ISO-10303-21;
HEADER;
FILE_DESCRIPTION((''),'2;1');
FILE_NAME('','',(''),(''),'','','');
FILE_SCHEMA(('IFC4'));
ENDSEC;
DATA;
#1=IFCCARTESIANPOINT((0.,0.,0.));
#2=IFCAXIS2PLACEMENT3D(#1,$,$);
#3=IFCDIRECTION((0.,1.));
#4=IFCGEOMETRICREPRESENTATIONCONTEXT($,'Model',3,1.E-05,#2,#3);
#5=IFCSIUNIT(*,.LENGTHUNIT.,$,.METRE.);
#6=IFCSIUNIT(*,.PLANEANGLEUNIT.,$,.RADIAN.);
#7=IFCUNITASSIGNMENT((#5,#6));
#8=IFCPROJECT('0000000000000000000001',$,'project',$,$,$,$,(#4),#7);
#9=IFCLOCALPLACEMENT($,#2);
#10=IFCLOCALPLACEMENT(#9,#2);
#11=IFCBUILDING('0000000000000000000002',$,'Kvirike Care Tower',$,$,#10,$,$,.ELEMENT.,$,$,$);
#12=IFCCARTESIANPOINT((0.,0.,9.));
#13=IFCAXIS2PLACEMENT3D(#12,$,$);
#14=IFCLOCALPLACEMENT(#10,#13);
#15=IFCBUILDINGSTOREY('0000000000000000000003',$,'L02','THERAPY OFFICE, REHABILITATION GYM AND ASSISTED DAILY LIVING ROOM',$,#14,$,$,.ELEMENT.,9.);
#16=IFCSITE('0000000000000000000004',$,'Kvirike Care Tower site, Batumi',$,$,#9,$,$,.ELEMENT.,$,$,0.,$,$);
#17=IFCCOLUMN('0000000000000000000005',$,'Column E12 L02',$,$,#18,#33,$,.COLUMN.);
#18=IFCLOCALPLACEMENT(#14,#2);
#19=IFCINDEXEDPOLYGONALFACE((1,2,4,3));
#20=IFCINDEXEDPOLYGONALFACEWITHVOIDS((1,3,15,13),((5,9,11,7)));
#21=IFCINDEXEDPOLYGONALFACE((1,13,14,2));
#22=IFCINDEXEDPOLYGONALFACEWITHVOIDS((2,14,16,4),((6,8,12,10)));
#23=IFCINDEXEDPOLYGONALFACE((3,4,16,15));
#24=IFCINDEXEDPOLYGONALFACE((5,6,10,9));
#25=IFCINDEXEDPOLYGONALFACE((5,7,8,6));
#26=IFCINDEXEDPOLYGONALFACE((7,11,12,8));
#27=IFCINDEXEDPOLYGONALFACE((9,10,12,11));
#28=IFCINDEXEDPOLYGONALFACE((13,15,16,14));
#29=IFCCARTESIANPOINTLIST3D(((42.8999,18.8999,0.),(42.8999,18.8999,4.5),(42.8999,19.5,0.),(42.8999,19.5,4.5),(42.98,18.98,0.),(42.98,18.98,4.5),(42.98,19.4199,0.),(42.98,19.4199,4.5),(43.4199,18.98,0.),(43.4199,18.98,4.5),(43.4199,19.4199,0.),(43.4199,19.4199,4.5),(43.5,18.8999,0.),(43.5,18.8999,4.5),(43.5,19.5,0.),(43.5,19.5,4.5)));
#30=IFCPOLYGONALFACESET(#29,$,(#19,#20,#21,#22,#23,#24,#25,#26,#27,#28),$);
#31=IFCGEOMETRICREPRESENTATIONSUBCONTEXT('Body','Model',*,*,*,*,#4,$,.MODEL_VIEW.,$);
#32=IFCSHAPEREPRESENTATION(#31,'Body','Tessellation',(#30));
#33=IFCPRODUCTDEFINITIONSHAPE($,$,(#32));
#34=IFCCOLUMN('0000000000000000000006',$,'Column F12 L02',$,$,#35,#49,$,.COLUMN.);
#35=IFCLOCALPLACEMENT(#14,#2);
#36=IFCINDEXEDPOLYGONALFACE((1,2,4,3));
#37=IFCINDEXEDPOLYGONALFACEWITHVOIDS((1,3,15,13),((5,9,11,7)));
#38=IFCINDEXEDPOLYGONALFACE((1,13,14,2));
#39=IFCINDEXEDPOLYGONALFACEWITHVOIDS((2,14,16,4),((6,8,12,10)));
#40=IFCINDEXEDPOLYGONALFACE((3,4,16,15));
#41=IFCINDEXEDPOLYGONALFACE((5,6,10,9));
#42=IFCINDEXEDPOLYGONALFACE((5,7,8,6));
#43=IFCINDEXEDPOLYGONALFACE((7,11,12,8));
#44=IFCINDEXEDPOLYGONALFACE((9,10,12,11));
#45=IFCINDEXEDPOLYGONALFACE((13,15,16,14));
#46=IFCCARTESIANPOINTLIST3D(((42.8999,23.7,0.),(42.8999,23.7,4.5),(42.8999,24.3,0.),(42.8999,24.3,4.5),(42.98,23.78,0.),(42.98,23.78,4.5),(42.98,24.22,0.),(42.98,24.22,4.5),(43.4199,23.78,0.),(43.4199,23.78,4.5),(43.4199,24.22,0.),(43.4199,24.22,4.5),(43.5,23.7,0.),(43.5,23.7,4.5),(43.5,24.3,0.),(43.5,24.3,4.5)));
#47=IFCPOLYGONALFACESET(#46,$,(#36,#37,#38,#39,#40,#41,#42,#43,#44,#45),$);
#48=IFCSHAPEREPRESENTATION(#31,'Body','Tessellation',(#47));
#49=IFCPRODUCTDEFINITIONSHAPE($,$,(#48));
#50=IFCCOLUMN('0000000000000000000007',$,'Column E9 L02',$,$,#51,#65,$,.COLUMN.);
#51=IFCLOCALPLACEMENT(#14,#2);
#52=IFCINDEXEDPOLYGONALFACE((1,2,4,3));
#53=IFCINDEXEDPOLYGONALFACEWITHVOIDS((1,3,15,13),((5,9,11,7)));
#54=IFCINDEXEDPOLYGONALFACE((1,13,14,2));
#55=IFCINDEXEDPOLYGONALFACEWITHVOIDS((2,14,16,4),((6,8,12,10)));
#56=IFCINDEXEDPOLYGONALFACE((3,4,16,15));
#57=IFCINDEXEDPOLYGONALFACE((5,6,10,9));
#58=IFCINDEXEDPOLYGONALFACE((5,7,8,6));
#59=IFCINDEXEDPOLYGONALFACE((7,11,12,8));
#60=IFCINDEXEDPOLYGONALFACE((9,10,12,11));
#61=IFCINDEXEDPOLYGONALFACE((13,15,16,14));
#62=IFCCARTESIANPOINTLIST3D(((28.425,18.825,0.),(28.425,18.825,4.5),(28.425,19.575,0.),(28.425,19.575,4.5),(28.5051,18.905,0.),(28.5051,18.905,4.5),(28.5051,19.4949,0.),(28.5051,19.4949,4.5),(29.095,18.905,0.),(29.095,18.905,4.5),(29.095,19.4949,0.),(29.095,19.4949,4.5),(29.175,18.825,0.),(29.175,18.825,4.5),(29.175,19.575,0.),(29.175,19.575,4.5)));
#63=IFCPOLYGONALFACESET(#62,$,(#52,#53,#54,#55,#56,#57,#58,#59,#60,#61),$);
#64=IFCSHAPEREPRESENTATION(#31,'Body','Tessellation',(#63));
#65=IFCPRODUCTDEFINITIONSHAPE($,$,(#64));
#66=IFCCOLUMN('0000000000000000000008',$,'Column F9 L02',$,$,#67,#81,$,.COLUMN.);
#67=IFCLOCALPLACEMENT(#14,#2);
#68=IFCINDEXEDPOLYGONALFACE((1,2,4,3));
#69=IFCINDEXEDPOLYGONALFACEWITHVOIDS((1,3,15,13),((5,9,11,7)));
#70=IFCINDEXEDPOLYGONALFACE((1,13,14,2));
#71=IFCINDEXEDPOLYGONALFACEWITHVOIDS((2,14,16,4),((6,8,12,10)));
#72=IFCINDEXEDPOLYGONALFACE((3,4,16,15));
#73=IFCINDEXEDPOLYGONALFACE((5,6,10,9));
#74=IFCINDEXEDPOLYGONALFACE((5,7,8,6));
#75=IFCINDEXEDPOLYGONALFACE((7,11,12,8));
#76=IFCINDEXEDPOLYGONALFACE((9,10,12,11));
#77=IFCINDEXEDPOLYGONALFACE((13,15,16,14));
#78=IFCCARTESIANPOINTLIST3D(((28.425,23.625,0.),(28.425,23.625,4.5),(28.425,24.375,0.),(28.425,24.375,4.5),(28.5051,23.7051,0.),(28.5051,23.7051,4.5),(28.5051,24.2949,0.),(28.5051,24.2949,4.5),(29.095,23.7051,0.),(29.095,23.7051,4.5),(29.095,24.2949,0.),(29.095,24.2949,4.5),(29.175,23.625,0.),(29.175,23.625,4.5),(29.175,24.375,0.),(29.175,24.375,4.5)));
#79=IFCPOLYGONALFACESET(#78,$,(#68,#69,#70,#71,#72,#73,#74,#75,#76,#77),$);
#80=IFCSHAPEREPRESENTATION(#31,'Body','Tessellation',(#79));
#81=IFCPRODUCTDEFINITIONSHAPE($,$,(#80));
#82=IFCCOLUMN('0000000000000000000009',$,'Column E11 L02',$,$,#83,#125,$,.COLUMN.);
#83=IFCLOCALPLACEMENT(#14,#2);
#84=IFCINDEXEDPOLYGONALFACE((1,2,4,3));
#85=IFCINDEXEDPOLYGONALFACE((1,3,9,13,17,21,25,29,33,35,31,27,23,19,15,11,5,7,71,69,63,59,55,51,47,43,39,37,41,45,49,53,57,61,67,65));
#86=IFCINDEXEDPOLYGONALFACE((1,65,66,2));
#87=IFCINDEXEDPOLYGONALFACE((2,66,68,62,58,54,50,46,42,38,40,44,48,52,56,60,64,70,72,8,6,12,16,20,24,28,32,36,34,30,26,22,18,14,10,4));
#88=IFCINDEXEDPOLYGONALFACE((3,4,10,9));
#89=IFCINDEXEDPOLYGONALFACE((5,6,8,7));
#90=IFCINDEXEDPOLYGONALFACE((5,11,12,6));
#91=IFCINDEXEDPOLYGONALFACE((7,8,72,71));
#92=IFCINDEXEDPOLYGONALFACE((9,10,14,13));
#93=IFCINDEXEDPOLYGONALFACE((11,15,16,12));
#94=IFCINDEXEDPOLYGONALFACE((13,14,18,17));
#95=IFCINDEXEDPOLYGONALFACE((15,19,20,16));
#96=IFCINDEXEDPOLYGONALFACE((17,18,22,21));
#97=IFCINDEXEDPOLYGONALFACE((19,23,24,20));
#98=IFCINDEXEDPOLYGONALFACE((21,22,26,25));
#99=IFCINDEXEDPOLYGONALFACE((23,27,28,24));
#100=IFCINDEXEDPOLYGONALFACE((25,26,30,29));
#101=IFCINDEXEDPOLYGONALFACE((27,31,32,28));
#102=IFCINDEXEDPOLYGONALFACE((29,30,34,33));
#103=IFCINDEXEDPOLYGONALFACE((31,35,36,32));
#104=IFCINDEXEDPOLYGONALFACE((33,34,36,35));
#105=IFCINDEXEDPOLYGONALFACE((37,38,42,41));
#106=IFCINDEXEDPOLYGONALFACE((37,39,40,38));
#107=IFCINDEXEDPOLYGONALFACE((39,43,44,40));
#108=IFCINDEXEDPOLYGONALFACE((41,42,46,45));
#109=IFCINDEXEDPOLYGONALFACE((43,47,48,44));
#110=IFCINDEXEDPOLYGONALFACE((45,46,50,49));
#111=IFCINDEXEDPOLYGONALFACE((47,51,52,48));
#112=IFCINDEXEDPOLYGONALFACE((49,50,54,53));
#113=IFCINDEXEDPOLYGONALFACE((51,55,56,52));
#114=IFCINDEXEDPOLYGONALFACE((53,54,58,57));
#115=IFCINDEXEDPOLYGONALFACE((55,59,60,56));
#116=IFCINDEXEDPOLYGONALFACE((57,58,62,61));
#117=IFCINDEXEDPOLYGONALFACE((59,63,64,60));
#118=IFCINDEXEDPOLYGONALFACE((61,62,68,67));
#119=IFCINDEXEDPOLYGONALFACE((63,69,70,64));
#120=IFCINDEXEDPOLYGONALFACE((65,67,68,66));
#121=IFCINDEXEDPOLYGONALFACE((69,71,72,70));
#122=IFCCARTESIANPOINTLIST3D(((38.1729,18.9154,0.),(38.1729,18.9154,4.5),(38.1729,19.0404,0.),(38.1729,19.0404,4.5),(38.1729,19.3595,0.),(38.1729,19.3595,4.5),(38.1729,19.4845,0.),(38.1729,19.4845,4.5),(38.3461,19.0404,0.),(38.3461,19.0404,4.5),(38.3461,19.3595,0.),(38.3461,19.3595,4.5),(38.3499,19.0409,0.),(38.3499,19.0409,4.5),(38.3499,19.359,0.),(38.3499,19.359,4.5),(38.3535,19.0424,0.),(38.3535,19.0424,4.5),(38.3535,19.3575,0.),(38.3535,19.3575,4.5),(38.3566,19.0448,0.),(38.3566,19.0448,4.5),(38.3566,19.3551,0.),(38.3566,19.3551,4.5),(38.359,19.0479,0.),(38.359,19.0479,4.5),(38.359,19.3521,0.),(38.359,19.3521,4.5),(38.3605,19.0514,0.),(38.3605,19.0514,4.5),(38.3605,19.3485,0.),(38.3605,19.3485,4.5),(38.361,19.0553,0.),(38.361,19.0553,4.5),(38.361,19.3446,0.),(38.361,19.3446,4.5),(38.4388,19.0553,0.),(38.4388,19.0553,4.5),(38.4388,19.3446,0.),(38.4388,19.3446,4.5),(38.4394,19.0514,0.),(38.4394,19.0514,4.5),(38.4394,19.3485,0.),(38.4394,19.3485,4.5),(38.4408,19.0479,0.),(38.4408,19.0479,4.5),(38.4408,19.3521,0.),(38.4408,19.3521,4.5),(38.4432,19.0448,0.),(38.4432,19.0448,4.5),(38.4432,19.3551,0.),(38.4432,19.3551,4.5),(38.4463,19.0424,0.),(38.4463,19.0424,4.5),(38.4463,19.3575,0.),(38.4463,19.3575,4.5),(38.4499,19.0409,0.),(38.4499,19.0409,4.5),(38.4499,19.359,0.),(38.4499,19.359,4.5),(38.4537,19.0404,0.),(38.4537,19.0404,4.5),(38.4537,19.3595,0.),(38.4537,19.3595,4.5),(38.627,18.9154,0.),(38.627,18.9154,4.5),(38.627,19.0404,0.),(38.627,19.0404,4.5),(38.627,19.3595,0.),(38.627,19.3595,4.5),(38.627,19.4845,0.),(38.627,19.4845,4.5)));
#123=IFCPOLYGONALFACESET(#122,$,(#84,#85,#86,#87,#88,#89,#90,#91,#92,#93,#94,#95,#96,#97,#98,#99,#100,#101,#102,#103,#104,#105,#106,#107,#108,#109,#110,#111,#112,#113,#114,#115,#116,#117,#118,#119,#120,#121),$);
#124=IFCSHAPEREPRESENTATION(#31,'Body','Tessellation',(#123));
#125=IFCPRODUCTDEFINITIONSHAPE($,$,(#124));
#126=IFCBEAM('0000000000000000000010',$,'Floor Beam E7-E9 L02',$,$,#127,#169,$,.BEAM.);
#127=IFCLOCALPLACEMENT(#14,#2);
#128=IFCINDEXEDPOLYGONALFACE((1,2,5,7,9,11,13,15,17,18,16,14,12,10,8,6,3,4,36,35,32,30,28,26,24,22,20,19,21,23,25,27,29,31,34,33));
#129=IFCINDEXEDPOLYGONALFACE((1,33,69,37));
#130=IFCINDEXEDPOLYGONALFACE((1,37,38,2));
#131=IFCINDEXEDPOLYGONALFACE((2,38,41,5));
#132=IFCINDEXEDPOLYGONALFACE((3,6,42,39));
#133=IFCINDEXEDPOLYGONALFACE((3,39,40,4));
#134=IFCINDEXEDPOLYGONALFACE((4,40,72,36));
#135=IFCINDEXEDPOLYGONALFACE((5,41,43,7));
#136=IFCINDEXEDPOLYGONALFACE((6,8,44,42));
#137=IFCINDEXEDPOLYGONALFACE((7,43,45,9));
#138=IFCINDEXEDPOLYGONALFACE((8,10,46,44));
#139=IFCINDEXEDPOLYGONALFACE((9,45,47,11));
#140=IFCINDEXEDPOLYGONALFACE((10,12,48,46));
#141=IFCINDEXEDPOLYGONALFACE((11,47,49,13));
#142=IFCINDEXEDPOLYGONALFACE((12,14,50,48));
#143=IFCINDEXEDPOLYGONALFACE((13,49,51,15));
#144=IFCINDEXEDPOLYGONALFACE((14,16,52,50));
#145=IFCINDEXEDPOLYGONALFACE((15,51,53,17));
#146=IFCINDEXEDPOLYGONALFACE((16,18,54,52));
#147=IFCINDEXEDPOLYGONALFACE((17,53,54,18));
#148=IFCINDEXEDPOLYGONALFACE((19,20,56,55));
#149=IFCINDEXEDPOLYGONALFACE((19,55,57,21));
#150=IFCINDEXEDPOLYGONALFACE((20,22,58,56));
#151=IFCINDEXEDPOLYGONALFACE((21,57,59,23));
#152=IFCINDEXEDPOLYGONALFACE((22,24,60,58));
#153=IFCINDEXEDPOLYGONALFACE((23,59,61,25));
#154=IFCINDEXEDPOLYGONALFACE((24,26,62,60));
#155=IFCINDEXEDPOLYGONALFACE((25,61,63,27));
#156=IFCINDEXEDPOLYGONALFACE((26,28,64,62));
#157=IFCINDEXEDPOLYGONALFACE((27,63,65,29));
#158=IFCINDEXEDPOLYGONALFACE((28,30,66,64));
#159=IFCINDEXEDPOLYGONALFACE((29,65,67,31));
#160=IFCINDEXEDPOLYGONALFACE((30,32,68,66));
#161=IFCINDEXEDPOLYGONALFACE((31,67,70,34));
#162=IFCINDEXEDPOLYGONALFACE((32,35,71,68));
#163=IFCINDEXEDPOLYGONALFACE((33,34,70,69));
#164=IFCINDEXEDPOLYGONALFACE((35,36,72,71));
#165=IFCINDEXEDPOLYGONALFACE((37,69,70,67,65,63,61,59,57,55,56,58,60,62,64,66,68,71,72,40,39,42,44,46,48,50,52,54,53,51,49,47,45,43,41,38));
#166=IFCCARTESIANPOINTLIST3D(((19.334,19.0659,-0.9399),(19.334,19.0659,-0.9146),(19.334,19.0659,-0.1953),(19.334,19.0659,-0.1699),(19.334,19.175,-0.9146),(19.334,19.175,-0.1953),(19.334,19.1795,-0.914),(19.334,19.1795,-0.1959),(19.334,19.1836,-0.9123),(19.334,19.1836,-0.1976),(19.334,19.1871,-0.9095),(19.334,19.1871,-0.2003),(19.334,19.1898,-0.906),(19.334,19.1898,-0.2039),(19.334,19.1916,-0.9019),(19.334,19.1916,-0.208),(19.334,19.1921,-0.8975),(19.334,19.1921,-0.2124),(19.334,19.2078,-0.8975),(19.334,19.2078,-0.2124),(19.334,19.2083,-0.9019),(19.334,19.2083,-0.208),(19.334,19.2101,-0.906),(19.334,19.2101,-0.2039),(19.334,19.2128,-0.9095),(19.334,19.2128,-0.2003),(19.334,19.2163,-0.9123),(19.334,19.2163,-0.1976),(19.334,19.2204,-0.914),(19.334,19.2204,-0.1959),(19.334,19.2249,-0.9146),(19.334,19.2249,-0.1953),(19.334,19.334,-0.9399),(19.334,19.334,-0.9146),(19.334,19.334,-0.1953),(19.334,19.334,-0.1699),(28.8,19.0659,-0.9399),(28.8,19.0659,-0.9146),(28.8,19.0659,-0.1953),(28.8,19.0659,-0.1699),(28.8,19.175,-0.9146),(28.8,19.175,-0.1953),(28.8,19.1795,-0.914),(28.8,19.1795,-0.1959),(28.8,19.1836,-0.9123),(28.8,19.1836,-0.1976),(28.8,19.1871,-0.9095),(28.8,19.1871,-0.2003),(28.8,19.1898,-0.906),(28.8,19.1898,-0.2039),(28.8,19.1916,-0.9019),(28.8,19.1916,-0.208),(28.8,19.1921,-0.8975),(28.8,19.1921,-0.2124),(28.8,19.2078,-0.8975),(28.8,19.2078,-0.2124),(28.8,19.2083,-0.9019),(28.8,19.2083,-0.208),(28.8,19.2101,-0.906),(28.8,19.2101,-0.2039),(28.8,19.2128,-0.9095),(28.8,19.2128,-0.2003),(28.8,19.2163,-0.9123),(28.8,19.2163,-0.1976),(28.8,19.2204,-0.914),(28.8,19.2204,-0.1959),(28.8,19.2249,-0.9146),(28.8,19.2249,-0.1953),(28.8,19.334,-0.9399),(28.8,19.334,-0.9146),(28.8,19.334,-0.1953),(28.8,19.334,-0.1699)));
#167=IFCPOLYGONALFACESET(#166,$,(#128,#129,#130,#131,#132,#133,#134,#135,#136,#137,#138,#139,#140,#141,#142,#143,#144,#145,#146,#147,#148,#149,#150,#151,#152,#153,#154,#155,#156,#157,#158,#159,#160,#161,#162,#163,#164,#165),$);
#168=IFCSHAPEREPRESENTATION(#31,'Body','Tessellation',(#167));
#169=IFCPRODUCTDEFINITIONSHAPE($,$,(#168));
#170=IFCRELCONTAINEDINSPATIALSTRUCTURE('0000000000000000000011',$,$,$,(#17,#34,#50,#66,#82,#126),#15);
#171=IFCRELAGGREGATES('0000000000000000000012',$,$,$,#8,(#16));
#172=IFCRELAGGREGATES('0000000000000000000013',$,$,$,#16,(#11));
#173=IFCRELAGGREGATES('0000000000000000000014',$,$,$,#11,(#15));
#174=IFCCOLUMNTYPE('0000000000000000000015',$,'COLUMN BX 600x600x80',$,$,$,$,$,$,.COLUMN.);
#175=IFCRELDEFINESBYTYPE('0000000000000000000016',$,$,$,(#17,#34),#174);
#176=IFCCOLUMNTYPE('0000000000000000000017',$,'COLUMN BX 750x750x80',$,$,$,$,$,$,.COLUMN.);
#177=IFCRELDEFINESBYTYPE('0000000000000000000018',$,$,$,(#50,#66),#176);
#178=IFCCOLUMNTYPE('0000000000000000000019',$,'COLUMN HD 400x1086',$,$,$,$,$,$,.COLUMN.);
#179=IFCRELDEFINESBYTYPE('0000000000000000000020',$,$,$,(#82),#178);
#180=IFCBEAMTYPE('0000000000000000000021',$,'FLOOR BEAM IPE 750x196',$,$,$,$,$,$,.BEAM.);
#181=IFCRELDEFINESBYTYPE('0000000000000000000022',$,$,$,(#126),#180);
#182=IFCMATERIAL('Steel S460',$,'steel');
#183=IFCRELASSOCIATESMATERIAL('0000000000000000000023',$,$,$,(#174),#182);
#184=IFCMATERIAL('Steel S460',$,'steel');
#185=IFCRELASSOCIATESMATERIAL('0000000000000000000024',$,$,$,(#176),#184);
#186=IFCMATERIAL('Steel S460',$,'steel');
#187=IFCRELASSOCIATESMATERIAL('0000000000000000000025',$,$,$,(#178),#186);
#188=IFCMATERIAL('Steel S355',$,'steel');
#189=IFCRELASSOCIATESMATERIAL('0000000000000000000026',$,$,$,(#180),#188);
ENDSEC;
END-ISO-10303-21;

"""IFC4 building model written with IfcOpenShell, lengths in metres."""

from ifc_helpers import new_model, si_unit, direction, frame, origin, origin_2d, place, context, subcontext, project, spatial, hollow_rectangle, i_section, extrude, material, material_profile, profile_set, type_object, element, save


model = new_model("IFC4")

# Units and contexts
model_context = context("Model", 3, precision=1e-05, world=origin(), true_north=direction((0.0, 1.0)))
body_context = subcontext(model_context, "Body", "Model", "MODEL_VIEW")
ifc_project = project(units=[si_unit("LENGTHUNIT", "METRE"), si_unit("PLANEANGLEUNIT", "RADIAN")], contexts=[model_context])

# Site, building, storey
site_placement = place(None, origin())
site = spatial("IfcSite", under=ifc_project, at=site_placement, Name="Kvirike Care Tower site, Batumi", CompositionType="ELEMENT", RefElevation=0.0)
building_placement = place(site_placement, origin())
building = spatial("IfcBuilding", under=site, at=building_placement, Name="Kvirike Care Tower", CompositionType="ELEMENT")
storey_placement = place(building_placement, frame((0.0, 0.0, 9.0)))
storey = spatial("IfcBuildingStorey", under=building, at=storey_placement, Name="L02", Description="THERAPY OFFICE, REHABILITATION GYM AND ASSISTED DAILY LIVING ROOM", CompositionType="ELEMENT", Elevation=9.0)

# Columns
ifc_material_1 = material(Name="Steel S460", Category="steel")
ifc_material_profile_1 = material_profile(ifc_material_1, hollow_rectangle(XDim=0.6001, YDim=0.6001, WallThickness=0.0801, at=origin_2d()), Name="BX 600x600x80")
ifc_profile_set_1 = profile_set([ifc_material_profile_1], Name="Steel S460")
column_type_1 = type_object("IfcColumnType", Name="COLUMN BX 600x600x80", PredefinedType="COLUMN", material=ifc_profile_set_1)
for number, where, z_axis, x_axis, name in (
    (1, (43.2, 19.2, 0.0), (0.0, 0.0, 1.0), (1.0, 0.0, 0.0), "Column E12 L02"),
    (2, (43.2, 24.0, 0.0), (0.0, 0.0, 1.0), (1.0, 0.0, 0.0), "Column F12 L02"),
):
    element("IfcColumn", number, at=place(storey_placement, frame(where, z_axis=z_axis, x_axis=x_axis)), inside=storey, type_object=column_type_1, Name=name, PredefinedType="COLUMN", context=body_context, shape_type="SweptSolid", body=[
        extrude(hollow_rectangle(XDim=0.6001, YDim=0.6001, WallThickness=0.0801, at=origin_2d()), origin(), (0.0, 0.0, 1.0), 4.5),
    ])
ifc_material_2 = material(Name="Steel S460", Category="steel")
ifc_material_profile_2 = material_profile(ifc_material_2, hollow_rectangle(XDim=0.75, YDim=0.75, WallThickness=0.0801, at=origin_2d()), Name="BX 750x750x80")
ifc_profile_set_2 = profile_set([ifc_material_profile_2], Name="Steel S460")
column_type_2 = type_object("IfcColumnType", Name="COLUMN BX 750x750x80", PredefinedType="COLUMN", material=ifc_profile_set_2)
for number, where, z_axis, x_axis, name in (
    (3, (28.8, 19.2, 0.0), (0.0, 0.0, 1.0), (1.0, 0.0, 0.0), "Column E9 L02"),
    (4, (28.8, 24.0, 0.0), (0.0, 0.0, 1.0), (1.0, 0.0, 0.0), "Column F9 L02"),
):
    element("IfcColumn", number, at=place(storey_placement, frame(where, z_axis=z_axis, x_axis=x_axis)), inside=storey, type_object=column_type_2, Name=name, PredefinedType="COLUMN", context=body_context, shape_type="SweptSolid", body=[
        extrude(hollow_rectangle(XDim=0.75, YDim=0.75, WallThickness=0.0801, at=origin_2d()), origin(), (0.0, 0.0, 1.0), 4.5),
    ])
ifc_material_3 = material(Name="Steel S460", Category="steel")
ifc_material_profile_3 = material_profile(ifc_material_3, i_section(OverallWidth=0.4541, OverallDepth=0.5691, WebThickness=0.0779, FlangeThickness=0.125, FilletRadius=0.0149, at=origin_2d()), Name="HD 400x1086")
ifc_profile_set_3 = profile_set([ifc_material_profile_3], Name="Steel S460")
column_type_3 = type_object("IfcColumnType", Name="COLUMN HD 400x1086", PredefinedType="COLUMN", material=ifc_profile_set_3)
column_placement = place(storey_placement, frame((38.3999, 19.2, 0.0), z_axis=(0.0, 0.0, 1.0), x_axis=(1.0, 0.0, 0.0)))
element("IfcColumn", 5, at=column_placement, inside=storey, type_object=column_type_3, Name="Column E11 L02", PredefinedType="COLUMN", context=body_context, shape_type="SweptSolid", body=[
    extrude(i_section(OverallWidth=0.4541, OverallDepth=0.5691, WebThickness=0.0779, FlangeThickness=0.125, FilletRadius=0.0149, at=origin_2d()), origin(), (0.0, 0.0, 1.0), 4.5),
])

# Beam
ifc_material_4 = material(Name="Steel S355", Category="steel")
ifc_material_profile_4 = material_profile(ifc_material_4, i_section(OverallWidth=0.2681, OverallDepth=0.77, WebThickness=0.0156, FlangeThickness=0.0254, FilletRadius=0.0171, at=origin_2d()), Name="IPE 750x196")
ifc_profile_set_4 = profile_set([ifc_material_profile_4], Name="Steel S355")
beam_type_1 = type_object("IfcBeamType", Name="FLOOR BEAM IPE 750x196", PredefinedType="BEAM", material=ifc_profile_set_4)
beam_1_placement = place(storey_placement, frame((19.334, 19.2, -0.5549), z_axis=(1.0, 0.0, 0.0), x_axis=(0.0, 1.0, 0.0)))
element("IfcBeam", 6, at=beam_1_placement, inside=storey, type_object=beam_type_1, Name="Floor Beam E7-E9 L02", PredefinedType="BEAM", context=body_context, shape_type="SweptSolid", body=[
    extrude(i_section(OverallWidth=0.2681, OverallDepth=0.77, WebThickness=0.0156, FlangeThickness=0.0254, FilletRadius=0.0171, at=origin_2d()), origin(), (0.0, 0.0, 1.0), 9.4661),
])

save(model, "model.ifc")
